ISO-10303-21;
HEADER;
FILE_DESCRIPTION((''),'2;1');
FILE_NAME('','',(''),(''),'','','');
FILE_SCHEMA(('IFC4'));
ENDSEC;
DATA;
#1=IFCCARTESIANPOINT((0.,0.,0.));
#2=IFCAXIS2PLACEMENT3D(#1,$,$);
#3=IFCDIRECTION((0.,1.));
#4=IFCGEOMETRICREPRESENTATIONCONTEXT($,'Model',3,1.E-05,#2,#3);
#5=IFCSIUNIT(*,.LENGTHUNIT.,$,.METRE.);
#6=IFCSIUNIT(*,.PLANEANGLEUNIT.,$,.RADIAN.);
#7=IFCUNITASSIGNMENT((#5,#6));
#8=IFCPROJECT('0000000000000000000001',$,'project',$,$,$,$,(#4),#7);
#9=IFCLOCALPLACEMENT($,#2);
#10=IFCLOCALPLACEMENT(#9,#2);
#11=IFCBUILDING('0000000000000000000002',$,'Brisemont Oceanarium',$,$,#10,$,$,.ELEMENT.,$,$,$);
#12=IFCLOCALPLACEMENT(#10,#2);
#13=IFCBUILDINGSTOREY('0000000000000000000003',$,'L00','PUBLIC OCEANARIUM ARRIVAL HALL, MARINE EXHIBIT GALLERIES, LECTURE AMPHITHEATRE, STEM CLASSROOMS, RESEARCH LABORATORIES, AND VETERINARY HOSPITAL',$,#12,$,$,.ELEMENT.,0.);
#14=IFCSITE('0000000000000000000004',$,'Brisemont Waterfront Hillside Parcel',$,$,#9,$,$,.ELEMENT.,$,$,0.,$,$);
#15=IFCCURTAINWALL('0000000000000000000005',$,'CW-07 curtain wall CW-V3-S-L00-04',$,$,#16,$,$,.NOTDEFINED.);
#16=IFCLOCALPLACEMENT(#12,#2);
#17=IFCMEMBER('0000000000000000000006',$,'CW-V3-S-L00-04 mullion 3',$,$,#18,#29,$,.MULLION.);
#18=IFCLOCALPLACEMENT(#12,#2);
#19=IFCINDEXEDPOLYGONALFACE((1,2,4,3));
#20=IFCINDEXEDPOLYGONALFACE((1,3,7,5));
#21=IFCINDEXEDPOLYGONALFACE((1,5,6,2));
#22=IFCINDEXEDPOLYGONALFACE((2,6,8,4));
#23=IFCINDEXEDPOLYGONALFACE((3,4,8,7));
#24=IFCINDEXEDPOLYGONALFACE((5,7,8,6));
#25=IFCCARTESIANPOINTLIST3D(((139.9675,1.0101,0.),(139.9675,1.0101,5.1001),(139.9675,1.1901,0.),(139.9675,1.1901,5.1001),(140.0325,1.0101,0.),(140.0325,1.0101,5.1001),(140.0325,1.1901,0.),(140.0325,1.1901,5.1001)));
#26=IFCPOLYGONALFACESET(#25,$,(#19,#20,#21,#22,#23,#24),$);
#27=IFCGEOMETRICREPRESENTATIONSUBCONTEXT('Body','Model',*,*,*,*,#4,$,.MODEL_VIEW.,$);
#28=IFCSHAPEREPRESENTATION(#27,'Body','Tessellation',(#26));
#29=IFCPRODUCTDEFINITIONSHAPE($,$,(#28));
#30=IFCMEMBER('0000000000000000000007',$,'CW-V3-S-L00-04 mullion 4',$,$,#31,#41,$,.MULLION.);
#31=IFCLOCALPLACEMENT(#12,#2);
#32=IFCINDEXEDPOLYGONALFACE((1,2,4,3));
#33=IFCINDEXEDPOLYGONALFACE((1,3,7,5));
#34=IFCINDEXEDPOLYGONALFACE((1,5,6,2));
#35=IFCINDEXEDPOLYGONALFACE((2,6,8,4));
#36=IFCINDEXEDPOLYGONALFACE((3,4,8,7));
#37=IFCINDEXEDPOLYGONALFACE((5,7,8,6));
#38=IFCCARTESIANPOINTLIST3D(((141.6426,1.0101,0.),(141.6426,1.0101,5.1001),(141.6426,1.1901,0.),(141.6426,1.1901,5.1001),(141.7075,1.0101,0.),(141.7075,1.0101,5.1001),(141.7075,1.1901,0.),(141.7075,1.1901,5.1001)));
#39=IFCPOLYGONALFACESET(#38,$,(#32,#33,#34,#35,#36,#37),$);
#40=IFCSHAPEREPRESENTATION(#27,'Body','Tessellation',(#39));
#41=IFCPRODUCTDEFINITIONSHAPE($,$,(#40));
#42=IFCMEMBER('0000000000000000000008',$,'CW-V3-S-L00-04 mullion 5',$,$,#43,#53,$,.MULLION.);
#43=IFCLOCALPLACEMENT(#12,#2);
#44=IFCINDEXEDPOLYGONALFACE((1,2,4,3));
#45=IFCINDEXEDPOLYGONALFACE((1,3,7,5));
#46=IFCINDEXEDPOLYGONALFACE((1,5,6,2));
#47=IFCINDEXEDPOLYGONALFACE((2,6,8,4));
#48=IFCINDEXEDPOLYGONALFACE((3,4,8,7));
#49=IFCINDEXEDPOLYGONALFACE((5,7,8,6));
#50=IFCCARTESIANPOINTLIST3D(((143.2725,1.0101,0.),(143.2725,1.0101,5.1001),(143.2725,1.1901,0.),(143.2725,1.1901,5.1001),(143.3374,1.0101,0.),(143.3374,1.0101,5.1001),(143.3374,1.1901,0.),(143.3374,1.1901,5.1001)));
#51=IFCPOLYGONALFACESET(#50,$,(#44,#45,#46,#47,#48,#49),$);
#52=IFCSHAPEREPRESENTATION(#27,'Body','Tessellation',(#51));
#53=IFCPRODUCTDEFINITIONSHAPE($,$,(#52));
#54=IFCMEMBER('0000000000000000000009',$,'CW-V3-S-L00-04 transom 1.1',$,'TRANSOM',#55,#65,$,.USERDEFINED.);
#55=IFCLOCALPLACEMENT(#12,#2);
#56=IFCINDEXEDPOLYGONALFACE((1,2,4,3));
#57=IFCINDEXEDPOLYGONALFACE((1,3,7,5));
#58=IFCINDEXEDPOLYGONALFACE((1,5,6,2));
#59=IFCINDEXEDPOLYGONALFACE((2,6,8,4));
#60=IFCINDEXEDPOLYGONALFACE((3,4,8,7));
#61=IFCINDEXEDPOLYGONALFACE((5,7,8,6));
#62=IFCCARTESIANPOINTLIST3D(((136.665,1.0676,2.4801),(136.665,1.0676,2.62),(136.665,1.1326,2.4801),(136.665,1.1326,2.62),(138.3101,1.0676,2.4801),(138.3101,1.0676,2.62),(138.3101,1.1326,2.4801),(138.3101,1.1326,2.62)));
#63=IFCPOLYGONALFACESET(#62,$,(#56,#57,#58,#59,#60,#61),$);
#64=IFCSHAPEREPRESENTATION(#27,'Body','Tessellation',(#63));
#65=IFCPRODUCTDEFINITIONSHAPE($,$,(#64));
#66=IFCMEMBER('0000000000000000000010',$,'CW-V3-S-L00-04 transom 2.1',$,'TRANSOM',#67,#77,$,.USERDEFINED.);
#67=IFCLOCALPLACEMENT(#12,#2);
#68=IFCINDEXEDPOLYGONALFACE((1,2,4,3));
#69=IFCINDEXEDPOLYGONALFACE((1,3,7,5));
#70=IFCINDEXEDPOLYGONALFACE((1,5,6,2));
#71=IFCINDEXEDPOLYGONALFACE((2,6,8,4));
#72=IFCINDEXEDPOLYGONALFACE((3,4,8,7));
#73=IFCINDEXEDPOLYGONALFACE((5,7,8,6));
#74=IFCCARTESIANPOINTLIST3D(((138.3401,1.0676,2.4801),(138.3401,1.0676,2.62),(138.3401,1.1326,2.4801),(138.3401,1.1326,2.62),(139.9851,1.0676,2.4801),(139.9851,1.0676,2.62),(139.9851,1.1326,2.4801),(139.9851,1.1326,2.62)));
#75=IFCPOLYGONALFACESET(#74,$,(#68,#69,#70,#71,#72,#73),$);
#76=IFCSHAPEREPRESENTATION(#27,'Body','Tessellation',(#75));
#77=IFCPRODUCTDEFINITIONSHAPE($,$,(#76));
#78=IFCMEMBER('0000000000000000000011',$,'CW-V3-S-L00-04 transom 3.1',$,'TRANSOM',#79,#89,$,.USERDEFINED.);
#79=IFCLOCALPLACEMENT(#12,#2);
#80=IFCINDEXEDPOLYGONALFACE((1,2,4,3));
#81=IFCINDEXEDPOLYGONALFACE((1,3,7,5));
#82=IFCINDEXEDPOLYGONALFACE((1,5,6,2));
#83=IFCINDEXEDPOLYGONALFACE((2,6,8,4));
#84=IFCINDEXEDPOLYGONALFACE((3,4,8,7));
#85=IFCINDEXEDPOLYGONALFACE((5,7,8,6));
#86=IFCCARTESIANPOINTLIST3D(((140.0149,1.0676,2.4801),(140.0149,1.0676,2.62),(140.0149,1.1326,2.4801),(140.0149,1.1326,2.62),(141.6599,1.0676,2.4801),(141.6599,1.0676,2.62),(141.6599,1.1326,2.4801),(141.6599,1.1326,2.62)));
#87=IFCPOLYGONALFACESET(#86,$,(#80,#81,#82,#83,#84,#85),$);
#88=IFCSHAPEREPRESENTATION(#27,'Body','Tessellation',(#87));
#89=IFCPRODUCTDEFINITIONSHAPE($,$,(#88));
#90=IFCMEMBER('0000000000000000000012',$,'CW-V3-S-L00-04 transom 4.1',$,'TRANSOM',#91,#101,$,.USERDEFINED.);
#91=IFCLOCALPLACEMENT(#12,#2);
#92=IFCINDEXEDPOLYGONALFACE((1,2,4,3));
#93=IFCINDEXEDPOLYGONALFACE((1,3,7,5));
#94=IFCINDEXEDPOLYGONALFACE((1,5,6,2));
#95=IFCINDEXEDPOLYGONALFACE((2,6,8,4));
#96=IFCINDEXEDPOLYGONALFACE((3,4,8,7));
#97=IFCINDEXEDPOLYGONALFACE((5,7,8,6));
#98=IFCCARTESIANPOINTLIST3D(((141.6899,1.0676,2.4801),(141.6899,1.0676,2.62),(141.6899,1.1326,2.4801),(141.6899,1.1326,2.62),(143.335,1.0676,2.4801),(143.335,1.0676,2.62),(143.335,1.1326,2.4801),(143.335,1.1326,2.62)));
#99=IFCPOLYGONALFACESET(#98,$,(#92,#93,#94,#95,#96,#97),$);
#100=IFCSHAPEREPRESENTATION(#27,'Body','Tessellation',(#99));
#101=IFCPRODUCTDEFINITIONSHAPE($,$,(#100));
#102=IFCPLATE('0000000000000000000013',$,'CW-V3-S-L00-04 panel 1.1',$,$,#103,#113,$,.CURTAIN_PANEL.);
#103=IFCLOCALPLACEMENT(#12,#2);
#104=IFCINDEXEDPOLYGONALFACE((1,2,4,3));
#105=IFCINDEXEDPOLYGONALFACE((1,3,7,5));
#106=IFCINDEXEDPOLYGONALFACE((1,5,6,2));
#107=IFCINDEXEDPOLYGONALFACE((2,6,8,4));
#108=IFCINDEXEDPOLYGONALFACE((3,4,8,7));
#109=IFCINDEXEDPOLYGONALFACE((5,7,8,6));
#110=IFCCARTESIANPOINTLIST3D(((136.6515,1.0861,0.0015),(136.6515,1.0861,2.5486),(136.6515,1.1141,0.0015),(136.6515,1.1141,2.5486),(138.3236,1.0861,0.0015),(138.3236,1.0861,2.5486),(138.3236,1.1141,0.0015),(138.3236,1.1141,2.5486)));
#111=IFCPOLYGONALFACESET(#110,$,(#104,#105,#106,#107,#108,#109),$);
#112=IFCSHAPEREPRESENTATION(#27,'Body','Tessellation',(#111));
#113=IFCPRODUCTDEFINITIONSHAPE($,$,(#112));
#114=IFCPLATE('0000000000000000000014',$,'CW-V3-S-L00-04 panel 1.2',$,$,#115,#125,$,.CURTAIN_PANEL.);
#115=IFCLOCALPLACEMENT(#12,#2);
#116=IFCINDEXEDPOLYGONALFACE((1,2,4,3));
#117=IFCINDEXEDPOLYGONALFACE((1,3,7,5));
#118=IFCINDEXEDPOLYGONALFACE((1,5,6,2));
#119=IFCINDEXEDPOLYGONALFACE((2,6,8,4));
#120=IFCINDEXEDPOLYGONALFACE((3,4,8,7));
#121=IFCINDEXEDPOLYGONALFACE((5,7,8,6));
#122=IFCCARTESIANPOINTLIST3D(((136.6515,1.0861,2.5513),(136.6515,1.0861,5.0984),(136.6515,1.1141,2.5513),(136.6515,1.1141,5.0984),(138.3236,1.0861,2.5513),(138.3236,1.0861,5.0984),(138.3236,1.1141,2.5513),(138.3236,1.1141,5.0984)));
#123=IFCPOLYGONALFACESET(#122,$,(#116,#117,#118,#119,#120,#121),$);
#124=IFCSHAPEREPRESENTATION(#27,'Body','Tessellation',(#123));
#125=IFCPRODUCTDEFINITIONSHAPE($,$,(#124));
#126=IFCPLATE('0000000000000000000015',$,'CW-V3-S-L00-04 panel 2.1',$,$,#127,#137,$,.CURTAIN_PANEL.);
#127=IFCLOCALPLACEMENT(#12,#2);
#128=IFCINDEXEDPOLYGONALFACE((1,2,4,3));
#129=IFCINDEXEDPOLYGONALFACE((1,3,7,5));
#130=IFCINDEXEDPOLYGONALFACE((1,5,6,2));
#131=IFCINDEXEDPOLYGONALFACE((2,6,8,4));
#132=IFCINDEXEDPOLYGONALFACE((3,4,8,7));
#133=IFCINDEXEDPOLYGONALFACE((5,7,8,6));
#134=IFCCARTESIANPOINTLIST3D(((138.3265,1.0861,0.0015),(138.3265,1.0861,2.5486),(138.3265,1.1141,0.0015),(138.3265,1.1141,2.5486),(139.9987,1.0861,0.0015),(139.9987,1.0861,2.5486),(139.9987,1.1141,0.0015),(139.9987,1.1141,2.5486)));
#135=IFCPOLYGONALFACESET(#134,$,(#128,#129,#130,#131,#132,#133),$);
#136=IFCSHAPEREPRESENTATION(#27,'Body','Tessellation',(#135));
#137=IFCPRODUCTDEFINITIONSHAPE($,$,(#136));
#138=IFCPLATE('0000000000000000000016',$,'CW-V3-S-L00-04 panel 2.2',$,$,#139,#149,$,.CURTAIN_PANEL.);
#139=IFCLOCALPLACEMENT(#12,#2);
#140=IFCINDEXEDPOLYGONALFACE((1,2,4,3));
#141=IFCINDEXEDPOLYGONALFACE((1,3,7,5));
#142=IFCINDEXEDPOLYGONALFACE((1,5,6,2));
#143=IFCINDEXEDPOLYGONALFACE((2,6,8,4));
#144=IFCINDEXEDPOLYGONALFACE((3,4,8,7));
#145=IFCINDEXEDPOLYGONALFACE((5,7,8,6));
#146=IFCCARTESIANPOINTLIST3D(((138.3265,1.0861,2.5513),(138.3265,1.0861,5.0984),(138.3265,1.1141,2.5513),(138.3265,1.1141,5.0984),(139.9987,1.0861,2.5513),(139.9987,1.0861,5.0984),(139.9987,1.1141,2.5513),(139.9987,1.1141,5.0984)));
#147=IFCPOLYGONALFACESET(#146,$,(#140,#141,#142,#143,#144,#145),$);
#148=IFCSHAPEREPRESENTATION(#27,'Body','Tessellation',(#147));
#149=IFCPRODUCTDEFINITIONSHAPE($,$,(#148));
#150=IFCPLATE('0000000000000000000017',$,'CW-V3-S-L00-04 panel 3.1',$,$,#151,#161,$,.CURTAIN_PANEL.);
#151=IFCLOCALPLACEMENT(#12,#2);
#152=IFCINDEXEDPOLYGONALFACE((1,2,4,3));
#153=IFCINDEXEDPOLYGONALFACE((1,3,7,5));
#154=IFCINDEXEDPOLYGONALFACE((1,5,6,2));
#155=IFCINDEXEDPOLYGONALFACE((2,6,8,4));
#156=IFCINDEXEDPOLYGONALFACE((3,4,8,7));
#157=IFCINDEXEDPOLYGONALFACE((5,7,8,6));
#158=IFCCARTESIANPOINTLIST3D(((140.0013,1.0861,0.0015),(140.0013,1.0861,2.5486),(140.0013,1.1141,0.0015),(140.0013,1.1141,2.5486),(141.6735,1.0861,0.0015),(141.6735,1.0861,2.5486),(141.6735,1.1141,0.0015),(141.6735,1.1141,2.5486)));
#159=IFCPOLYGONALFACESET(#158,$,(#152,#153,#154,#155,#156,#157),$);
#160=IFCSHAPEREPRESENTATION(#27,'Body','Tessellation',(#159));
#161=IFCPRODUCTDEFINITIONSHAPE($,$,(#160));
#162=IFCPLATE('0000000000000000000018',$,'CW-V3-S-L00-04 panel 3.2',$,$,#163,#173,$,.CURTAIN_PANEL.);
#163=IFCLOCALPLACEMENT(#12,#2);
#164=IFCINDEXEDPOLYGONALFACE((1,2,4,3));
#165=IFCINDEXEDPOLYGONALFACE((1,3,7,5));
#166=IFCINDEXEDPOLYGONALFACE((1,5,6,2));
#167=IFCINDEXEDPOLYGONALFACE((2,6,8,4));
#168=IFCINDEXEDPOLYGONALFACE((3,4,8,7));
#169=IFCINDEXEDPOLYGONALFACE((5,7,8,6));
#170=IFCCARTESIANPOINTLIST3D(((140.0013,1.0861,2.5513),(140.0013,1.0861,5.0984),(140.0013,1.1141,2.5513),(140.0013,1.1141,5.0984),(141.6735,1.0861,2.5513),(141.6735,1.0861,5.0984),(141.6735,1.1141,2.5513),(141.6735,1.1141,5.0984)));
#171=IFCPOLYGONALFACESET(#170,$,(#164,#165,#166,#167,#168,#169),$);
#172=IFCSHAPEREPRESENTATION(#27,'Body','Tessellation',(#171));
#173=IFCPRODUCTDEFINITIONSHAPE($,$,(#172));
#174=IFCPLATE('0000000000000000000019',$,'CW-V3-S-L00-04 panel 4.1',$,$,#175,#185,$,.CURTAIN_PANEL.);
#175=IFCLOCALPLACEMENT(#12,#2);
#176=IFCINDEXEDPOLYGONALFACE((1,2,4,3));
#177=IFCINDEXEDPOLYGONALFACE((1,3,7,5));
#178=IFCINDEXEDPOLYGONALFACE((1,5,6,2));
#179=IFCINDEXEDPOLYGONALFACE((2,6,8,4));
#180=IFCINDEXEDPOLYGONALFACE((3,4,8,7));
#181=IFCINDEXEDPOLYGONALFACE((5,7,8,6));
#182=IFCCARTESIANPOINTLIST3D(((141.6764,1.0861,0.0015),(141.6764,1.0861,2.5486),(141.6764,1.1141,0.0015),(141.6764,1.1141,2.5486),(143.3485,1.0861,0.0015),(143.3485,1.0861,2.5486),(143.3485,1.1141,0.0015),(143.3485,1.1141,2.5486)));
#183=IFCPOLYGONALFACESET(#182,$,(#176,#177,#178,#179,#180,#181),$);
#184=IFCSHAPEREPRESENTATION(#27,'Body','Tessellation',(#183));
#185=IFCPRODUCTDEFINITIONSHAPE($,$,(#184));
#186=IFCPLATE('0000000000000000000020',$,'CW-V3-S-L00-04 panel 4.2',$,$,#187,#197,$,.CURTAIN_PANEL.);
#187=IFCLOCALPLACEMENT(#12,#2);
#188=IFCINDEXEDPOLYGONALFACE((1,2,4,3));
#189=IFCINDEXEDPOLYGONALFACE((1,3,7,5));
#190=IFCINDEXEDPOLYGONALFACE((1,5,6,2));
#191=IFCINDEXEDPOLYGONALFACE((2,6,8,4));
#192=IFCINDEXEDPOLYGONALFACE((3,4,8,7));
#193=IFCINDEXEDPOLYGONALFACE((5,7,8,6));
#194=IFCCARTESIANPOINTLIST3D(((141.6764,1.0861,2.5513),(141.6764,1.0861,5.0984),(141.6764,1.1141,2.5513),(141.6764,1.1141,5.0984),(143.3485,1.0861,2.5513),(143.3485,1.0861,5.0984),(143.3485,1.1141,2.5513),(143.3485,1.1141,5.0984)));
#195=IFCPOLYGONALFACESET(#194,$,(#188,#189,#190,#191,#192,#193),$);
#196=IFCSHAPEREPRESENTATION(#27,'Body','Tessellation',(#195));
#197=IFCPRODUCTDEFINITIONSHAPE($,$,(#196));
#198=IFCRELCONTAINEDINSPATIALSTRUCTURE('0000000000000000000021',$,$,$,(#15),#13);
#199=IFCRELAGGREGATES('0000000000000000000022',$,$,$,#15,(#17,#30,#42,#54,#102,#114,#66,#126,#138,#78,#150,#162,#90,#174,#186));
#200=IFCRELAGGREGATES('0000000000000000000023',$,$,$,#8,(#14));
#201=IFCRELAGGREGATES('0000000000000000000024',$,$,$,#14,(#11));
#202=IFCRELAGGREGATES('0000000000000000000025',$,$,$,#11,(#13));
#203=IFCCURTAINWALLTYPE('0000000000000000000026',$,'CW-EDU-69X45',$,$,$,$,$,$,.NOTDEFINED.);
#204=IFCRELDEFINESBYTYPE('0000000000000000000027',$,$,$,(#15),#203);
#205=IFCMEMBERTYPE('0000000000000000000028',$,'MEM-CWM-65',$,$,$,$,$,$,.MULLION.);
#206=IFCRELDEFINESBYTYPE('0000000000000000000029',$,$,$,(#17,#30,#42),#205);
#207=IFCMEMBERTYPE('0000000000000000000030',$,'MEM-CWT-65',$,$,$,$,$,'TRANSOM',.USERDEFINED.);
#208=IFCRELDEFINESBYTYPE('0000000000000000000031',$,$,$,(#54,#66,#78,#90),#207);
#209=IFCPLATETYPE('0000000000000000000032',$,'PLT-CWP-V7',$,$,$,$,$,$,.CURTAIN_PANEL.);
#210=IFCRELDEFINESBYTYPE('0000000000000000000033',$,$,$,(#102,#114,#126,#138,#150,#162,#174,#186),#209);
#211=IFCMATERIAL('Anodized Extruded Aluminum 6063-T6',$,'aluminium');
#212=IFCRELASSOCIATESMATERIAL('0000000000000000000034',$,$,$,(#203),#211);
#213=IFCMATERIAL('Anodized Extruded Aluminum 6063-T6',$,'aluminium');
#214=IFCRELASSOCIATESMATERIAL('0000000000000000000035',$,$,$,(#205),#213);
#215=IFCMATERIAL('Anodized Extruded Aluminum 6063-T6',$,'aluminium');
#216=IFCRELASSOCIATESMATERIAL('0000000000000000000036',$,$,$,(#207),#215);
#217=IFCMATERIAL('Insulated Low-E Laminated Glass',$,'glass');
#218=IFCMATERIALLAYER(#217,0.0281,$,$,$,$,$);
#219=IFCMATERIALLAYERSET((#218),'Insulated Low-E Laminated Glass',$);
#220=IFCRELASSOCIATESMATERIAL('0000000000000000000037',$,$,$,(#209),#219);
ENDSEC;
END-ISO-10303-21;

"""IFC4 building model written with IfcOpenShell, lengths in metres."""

from ifc_helpers import new_model, si_unit, direction, frame, origin, origin_2d, place, context, subcontext, project, spatial, rectangle, extrude, material, layer, layer_set, material_profile, profile_set, type_object, element, aggregate, save


model = new_model("IFC4")

# Units and contexts
model_context = context("Model", 3, precision=1e-05, world=origin(), true_north=direction((0.0, 1.0)))
body_context = subcontext(model_context, "Body", "Model", "MODEL_VIEW")
ifc_project = project(units=[si_unit("LENGTHUNIT", "METRE"), si_unit("PLANEANGLEUNIT", "RADIAN")], contexts=[model_context])

# Site, building, storey
site_placement = place(None, origin())
site = spatial("IfcSite", under=ifc_project, at=site_placement, Name="Brisemont Waterfront Hillside Parcel", CompositionType="ELEMENT", RefElevation=0.0)
building_placement = place(site_placement, origin())
building = spatial("IfcBuilding", under=site, at=building_placement, Name="Brisemont Oceanarium", CompositionType="ELEMENT")
storey_placement = place(building_placement, origin())
storey = spatial("IfcBuildingStorey", under=building, at=storey_placement, Name="L00", Description="PUBLIC OCEANARIUM ARRIVAL HALL, MARINE EXHIBIT GALLERIES, LECTURE AMPHITHEATRE, STEM CLASSROOMS, RESEARCH LABORATORIES, AND VETERINARY HOSPITAL", CompositionType="ELEMENT", Elevation=0.0)

# Curtain wall, members, plates
ifc_material_1 = material(Name="Anodized Extruded Aluminum 6063-T6", Category="aluminium")
curtain_wall_type = type_object("IfcCurtainWallType", Name="CW-EDU-69X45", PredefinedType="NOTDEFINED", material=ifc_material_1)
curtain_wall_placement = place(storey_placement, origin())
curtain_wall = element("IfcCurtainWall", 1, at=curtain_wall_placement, inside=storey, type_object=curtain_wall_type, Name="CW-07 curtain wall CW-V3-S-L00-04", PredefinedType="NOTDEFINED")
ifc_material_2 = material(Name="Anodized Extruded Aluminum 6063-T6", Category="aluminium")
ifc_material_profile_1 = material_profile(ifc_material_2, rectangle(XDim=0.0649, YDim=0.1799, at=origin_2d()), Name="CWM-65X180")
ifc_profile_set_1 = profile_set([ifc_material_profile_1], Name="Anodized Extruded Aluminum 6063-T6")
member_type_1 = type_object("IfcMemberType", Name="MEM-CWM-65", PredefinedType="MULLION", material=ifc_profile_set_1)
member_1_placement = place(storey_placement, frame((140.0, 1.1001, 0.0), z_axis=(0.0, 0.0, 1.0), x_axis=(1.0, 0.0, 0.0)))
member_1 = element("IfcMember", 2, at=member_1_placement, type_object=member_type_1, Name="CW-V3-S-L00-04 mullion 3", PredefinedType="MULLION", context=body_context, shape_type="SweptSolid", body=[
    extrude(rectangle(XDim=0.0649, YDim=0.1799, at=origin_2d()), origin(), (0.0, 0.0, 1.0), 5.1001),
])
member_2_placement = place(storey_placement, frame((141.675, 1.1001, 0.0), z_axis=(0.0, 0.0, 1.0), x_axis=(1.0, 0.0, 0.0)))
member_2 = element("IfcMember", 3, at=member_2_placement, type_object=member_type_1, Name="CW-V3-S-L00-04 mullion 4", PredefinedType="MULLION", context=body_context, shape_type="SweptSolid", body=[
    extrude(rectangle(XDim=0.0649, YDim=0.1799, at=origin_2d()), origin(), (0.0, 0.0, 1.0), 5.1001),
])
member_3_placement = place(storey_placement, frame((143.3049, 1.1001, 0.0), z_axis=(0.0, 0.0, 1.0), x_axis=(1.0, 0.0, 0.0)))
member_3 = element("IfcMember", 4, at=member_3_placement, type_object=member_type_1, Name="CW-V3-S-L00-04 mullion 5", PredefinedType="MULLION", context=body_context, shape_type="SweptSolid", body=[
    extrude(rectangle(XDim=0.0649, YDim=0.1799, at=origin_2d()), origin(), (0.0, 0.0, 1.0), 5.1001),
])
ifc_material_3 = material(Name="Anodized Extruded Aluminum 6063-T6", Category="aluminium")
ifc_material_profile_2 = material_profile(ifc_material_3, rectangle(XDim=0.0649, YDim=0.1399, at=origin_2d()), Name="CWT-65X140")
ifc_profile_set_2 = profile_set([ifc_material_profile_2], Name="Anodized Extruded Aluminum 6063-T6")
member_type_2 = type_object("IfcMemberType", Name="MEM-CWT-65", ElementType="TRANSOM", PredefinedType="USERDEFINED", material=ifc_profile_set_2)
member_4_placement = place(storey_placement, frame((136.665, 1.1001, 2.55), z_axis=(1.0, 0.0, 0.0), x_axis=(0.0, 1.0, 0.0)))
member_4 = element("IfcMember", 5, at=member_4_placement, type_object=member_type_2, Name="CW-V3-S-L00-04 transom 1.1", ObjectType="TRANSOM", PredefinedType="USERDEFINED", context=body_context, shape_type="SweptSolid", body=[
    extrude(rectangle(XDim=0.0649, YDim=0.1399, at=origin_2d()), origin(), (0.0, 0.0, 1.0), 1.645),
])
member_5_placement = place(storey_placement, frame((138.3401, 1.1001, 2.55), z_axis=(1.0, 0.0, 0.0), x_axis=(0.0, 1.0, 0.0)))
member_5 = element("IfcMember", 6, at=member_5_placement, type_object=member_type_2, Name="CW-V3-S-L00-04 transom 2.1", ObjectType="TRANSOM", PredefinedType="USERDEFINED", context=body_context, shape_type="SweptSolid", body=[
    extrude(rectangle(XDim=0.0649, YDim=0.1399, at=origin_2d()), origin(), (0.0, 0.0, 1.0), 1.645),
])
member_6_placement = place(storey_placement, frame((140.0149, 1.1001, 2.55), z_axis=(1.0, 0.0, 0.0), x_axis=(0.0, 1.0, 0.0)))
member_6 = element("IfcMember", 7, at=member_6_placement, type_object=member_type_2, Name="CW-V3-S-L00-04 transom 3.1", ObjectType="TRANSOM", PredefinedType="USERDEFINED", context=body_context, shape_type="SweptSolid", body=[
    extrude(rectangle(XDim=0.0649, YDim=0.1399, at=origin_2d()), origin(), (0.0, 0.0, 1.0), 1.645),
])
member_7_placement = place(storey_placement, frame((141.6899, 1.1001, 2.55), z_axis=(1.0, 0.0, 0.0), x_axis=(0.0, 1.0, 0.0)))
member_7 = element("IfcMember", 8, at=member_7_placement, type_object=member_type_2, Name="CW-V3-S-L00-04 transom 4.1", ObjectType="TRANSOM", PredefinedType="USERDEFINED", context=body_context, shape_type="SweptSolid", body=[
    extrude(rectangle(XDim=0.0649, YDim=0.1399, at=origin_2d()), origin(), (0.0, 0.0, 1.0), 1.645),
])
ifc_material_4 = material(Name="Insulated Low-E Laminated Glass", Category="glass")
ifc_layer = layer(ifc_material_4, 0.0281)
ifc_layer_set = layer_set([ifc_layer], Name="Insulated Low-E Laminated Glass")
plate_type = type_object("IfcPlateType", Name="PLT-CWP-V7", PredefinedType="CURTAIN_PANEL", material=ifc_layer_set)
plate_1_placement = place(storey_placement, frame((137.4875, 1.1001, 0.0015), z_axis=(0.0, 0.0, 1.0), x_axis=(1.0, 0.0, 0.0)))
plate_1 = element("IfcPlate", 9, at=plate_1_placement, type_object=plate_type, Name="CW-V3-S-L00-04 panel 1.1", PredefinedType="CURTAIN_PANEL", context=body_context, shape_type="SweptSolid", body=[
    extrude(rectangle(XDim=1.6721, YDim=0.0281, at=origin_2d()), origin(), (0.0, 0.0, 1.0), 2.5471),
])
plate_2_placement = place(storey_placement, frame((137.4875, 1.1001, 2.5513), z_axis=(0.0, 0.0, 1.0), x_axis=(1.0, 0.0, 0.0)))
plate_2 = element("IfcPlate", 10, at=plate_2_placement, type_object=plate_type, Name="CW-V3-S-L00-04 panel 1.2", PredefinedType="CURTAIN_PANEL", context=body_context, shape_type="SweptSolid", body=[
    extrude(rectangle(XDim=1.6721, YDim=0.0281, at=origin_2d()), origin(), (0.0, 0.0, 1.0), 2.5471),
])
plate_3_placement = place(storey_placement, frame((139.1626, 1.1001, 0.0015), z_axis=(0.0, 0.0, 1.0), x_axis=(1.0, 0.0, 0.0)))
plate_3 = element("IfcPlate", 11, at=plate_3_placement, type_object=plate_type, Name="CW-V3-S-L00-04 panel 2.1", PredefinedType="CURTAIN_PANEL", context=body_context, shape_type="SweptSolid", body=[
    extrude(rectangle(XDim=1.6721, YDim=0.0281, at=origin_2d()), origin(), (0.0, 0.0, 1.0), 2.5471),
])
plate_4_placement = place(storey_placement, frame((139.1626, 1.1001, 2.5513), z_axis=(0.0, 0.0, 1.0), x_axis=(1.0, 0.0, 0.0)))
plate_4 = element("IfcPlate", 12, at=plate_4_placement, type_object=plate_type, Name="CW-V3-S-L00-04 panel 2.2", PredefinedType="CURTAIN_PANEL", context=body_context, shape_type="SweptSolid", body=[
    extrude(rectangle(XDim=1.6721, YDim=0.0281, at=origin_2d()), origin(), (0.0, 0.0, 1.0), 2.5471),
])
plate_5_placement = place(storey_placement, frame((140.8374, 1.1001, 0.0015), z_axis=(0.0, 0.0, 1.0), x_axis=(1.0, 0.0, 0.0)))
plate_5 = element("IfcPlate", 13, at=plate_5_placement, type_object=plate_type, Name="CW-V3-S-L00-04 panel 3.1", PredefinedType="CURTAIN_PANEL", context=body_context, shape_type="SweptSolid", body=[
    extrude(rectangle(XDim=1.6721, YDim=0.0281, at=origin_2d()), origin(), (0.0, 0.0, 1.0), 2.5471),
])
plate_6_placement = place(storey_placement, frame((140.8374, 1.1001, 2.5513), z_axis=(0.0, 0.0, 1.0), x_axis=(1.0, 0.0, 0.0)))
plate_6 = element("IfcPlate", 14, at=plate_6_placement, type_object=plate_type, Name="CW-V3-S-L00-04 panel 3.2", PredefinedType="CURTAIN_PANEL", context=body_context, shape_type="SweptSolid", body=[
    extrude(rectangle(XDim=1.6721, YDim=0.0281, at=origin_2d()), origin(), (0.0, 0.0, 1.0), 2.5471),
])
plate_7_placement = place(storey_placement, frame((142.5125, 1.1001, 0.0015), z_axis=(0.0, 0.0, 1.0), x_axis=(1.0, 0.0, 0.0)))
plate_7 = element("IfcPlate", 15, at=plate_7_placement, type_object=plate_type, Name="CW-V3-S-L00-04 panel 4.1", PredefinedType="CURTAIN_PANEL", context=body_context, shape_type="SweptSolid", body=[
    extrude(rectangle(XDim=1.6721, YDim=0.0281, at=origin_2d()), origin(), (0.0, 0.0, 1.0), 2.5471),
])
plate_8_placement = place(storey_placement, frame((142.5125, 1.1001, 2.5513), z_axis=(0.0, 0.0, 1.0), x_axis=(1.0, 0.0, 0.0)))
plate_8 = element("IfcPlate", 16, at=plate_8_placement, type_object=plate_type, Name="CW-V3-S-L00-04 panel 4.2", PredefinedType="CURTAIN_PANEL", context=body_context, shape_type="SweptSolid", body=[
    extrude(rectangle(XDim=1.6721, YDim=0.0281, at=origin_2d()), origin(), (0.0, 0.0, 1.0), 2.5471),
])
aggregate(curtain_wall, [member_1, member_2, member_3, member_4, plate_1, plate_2, member_5, plate_3, plate_4, member_6, plate_5, plate_6, member_7, plate_7, plate_8])

save(model, "model.ifc")
